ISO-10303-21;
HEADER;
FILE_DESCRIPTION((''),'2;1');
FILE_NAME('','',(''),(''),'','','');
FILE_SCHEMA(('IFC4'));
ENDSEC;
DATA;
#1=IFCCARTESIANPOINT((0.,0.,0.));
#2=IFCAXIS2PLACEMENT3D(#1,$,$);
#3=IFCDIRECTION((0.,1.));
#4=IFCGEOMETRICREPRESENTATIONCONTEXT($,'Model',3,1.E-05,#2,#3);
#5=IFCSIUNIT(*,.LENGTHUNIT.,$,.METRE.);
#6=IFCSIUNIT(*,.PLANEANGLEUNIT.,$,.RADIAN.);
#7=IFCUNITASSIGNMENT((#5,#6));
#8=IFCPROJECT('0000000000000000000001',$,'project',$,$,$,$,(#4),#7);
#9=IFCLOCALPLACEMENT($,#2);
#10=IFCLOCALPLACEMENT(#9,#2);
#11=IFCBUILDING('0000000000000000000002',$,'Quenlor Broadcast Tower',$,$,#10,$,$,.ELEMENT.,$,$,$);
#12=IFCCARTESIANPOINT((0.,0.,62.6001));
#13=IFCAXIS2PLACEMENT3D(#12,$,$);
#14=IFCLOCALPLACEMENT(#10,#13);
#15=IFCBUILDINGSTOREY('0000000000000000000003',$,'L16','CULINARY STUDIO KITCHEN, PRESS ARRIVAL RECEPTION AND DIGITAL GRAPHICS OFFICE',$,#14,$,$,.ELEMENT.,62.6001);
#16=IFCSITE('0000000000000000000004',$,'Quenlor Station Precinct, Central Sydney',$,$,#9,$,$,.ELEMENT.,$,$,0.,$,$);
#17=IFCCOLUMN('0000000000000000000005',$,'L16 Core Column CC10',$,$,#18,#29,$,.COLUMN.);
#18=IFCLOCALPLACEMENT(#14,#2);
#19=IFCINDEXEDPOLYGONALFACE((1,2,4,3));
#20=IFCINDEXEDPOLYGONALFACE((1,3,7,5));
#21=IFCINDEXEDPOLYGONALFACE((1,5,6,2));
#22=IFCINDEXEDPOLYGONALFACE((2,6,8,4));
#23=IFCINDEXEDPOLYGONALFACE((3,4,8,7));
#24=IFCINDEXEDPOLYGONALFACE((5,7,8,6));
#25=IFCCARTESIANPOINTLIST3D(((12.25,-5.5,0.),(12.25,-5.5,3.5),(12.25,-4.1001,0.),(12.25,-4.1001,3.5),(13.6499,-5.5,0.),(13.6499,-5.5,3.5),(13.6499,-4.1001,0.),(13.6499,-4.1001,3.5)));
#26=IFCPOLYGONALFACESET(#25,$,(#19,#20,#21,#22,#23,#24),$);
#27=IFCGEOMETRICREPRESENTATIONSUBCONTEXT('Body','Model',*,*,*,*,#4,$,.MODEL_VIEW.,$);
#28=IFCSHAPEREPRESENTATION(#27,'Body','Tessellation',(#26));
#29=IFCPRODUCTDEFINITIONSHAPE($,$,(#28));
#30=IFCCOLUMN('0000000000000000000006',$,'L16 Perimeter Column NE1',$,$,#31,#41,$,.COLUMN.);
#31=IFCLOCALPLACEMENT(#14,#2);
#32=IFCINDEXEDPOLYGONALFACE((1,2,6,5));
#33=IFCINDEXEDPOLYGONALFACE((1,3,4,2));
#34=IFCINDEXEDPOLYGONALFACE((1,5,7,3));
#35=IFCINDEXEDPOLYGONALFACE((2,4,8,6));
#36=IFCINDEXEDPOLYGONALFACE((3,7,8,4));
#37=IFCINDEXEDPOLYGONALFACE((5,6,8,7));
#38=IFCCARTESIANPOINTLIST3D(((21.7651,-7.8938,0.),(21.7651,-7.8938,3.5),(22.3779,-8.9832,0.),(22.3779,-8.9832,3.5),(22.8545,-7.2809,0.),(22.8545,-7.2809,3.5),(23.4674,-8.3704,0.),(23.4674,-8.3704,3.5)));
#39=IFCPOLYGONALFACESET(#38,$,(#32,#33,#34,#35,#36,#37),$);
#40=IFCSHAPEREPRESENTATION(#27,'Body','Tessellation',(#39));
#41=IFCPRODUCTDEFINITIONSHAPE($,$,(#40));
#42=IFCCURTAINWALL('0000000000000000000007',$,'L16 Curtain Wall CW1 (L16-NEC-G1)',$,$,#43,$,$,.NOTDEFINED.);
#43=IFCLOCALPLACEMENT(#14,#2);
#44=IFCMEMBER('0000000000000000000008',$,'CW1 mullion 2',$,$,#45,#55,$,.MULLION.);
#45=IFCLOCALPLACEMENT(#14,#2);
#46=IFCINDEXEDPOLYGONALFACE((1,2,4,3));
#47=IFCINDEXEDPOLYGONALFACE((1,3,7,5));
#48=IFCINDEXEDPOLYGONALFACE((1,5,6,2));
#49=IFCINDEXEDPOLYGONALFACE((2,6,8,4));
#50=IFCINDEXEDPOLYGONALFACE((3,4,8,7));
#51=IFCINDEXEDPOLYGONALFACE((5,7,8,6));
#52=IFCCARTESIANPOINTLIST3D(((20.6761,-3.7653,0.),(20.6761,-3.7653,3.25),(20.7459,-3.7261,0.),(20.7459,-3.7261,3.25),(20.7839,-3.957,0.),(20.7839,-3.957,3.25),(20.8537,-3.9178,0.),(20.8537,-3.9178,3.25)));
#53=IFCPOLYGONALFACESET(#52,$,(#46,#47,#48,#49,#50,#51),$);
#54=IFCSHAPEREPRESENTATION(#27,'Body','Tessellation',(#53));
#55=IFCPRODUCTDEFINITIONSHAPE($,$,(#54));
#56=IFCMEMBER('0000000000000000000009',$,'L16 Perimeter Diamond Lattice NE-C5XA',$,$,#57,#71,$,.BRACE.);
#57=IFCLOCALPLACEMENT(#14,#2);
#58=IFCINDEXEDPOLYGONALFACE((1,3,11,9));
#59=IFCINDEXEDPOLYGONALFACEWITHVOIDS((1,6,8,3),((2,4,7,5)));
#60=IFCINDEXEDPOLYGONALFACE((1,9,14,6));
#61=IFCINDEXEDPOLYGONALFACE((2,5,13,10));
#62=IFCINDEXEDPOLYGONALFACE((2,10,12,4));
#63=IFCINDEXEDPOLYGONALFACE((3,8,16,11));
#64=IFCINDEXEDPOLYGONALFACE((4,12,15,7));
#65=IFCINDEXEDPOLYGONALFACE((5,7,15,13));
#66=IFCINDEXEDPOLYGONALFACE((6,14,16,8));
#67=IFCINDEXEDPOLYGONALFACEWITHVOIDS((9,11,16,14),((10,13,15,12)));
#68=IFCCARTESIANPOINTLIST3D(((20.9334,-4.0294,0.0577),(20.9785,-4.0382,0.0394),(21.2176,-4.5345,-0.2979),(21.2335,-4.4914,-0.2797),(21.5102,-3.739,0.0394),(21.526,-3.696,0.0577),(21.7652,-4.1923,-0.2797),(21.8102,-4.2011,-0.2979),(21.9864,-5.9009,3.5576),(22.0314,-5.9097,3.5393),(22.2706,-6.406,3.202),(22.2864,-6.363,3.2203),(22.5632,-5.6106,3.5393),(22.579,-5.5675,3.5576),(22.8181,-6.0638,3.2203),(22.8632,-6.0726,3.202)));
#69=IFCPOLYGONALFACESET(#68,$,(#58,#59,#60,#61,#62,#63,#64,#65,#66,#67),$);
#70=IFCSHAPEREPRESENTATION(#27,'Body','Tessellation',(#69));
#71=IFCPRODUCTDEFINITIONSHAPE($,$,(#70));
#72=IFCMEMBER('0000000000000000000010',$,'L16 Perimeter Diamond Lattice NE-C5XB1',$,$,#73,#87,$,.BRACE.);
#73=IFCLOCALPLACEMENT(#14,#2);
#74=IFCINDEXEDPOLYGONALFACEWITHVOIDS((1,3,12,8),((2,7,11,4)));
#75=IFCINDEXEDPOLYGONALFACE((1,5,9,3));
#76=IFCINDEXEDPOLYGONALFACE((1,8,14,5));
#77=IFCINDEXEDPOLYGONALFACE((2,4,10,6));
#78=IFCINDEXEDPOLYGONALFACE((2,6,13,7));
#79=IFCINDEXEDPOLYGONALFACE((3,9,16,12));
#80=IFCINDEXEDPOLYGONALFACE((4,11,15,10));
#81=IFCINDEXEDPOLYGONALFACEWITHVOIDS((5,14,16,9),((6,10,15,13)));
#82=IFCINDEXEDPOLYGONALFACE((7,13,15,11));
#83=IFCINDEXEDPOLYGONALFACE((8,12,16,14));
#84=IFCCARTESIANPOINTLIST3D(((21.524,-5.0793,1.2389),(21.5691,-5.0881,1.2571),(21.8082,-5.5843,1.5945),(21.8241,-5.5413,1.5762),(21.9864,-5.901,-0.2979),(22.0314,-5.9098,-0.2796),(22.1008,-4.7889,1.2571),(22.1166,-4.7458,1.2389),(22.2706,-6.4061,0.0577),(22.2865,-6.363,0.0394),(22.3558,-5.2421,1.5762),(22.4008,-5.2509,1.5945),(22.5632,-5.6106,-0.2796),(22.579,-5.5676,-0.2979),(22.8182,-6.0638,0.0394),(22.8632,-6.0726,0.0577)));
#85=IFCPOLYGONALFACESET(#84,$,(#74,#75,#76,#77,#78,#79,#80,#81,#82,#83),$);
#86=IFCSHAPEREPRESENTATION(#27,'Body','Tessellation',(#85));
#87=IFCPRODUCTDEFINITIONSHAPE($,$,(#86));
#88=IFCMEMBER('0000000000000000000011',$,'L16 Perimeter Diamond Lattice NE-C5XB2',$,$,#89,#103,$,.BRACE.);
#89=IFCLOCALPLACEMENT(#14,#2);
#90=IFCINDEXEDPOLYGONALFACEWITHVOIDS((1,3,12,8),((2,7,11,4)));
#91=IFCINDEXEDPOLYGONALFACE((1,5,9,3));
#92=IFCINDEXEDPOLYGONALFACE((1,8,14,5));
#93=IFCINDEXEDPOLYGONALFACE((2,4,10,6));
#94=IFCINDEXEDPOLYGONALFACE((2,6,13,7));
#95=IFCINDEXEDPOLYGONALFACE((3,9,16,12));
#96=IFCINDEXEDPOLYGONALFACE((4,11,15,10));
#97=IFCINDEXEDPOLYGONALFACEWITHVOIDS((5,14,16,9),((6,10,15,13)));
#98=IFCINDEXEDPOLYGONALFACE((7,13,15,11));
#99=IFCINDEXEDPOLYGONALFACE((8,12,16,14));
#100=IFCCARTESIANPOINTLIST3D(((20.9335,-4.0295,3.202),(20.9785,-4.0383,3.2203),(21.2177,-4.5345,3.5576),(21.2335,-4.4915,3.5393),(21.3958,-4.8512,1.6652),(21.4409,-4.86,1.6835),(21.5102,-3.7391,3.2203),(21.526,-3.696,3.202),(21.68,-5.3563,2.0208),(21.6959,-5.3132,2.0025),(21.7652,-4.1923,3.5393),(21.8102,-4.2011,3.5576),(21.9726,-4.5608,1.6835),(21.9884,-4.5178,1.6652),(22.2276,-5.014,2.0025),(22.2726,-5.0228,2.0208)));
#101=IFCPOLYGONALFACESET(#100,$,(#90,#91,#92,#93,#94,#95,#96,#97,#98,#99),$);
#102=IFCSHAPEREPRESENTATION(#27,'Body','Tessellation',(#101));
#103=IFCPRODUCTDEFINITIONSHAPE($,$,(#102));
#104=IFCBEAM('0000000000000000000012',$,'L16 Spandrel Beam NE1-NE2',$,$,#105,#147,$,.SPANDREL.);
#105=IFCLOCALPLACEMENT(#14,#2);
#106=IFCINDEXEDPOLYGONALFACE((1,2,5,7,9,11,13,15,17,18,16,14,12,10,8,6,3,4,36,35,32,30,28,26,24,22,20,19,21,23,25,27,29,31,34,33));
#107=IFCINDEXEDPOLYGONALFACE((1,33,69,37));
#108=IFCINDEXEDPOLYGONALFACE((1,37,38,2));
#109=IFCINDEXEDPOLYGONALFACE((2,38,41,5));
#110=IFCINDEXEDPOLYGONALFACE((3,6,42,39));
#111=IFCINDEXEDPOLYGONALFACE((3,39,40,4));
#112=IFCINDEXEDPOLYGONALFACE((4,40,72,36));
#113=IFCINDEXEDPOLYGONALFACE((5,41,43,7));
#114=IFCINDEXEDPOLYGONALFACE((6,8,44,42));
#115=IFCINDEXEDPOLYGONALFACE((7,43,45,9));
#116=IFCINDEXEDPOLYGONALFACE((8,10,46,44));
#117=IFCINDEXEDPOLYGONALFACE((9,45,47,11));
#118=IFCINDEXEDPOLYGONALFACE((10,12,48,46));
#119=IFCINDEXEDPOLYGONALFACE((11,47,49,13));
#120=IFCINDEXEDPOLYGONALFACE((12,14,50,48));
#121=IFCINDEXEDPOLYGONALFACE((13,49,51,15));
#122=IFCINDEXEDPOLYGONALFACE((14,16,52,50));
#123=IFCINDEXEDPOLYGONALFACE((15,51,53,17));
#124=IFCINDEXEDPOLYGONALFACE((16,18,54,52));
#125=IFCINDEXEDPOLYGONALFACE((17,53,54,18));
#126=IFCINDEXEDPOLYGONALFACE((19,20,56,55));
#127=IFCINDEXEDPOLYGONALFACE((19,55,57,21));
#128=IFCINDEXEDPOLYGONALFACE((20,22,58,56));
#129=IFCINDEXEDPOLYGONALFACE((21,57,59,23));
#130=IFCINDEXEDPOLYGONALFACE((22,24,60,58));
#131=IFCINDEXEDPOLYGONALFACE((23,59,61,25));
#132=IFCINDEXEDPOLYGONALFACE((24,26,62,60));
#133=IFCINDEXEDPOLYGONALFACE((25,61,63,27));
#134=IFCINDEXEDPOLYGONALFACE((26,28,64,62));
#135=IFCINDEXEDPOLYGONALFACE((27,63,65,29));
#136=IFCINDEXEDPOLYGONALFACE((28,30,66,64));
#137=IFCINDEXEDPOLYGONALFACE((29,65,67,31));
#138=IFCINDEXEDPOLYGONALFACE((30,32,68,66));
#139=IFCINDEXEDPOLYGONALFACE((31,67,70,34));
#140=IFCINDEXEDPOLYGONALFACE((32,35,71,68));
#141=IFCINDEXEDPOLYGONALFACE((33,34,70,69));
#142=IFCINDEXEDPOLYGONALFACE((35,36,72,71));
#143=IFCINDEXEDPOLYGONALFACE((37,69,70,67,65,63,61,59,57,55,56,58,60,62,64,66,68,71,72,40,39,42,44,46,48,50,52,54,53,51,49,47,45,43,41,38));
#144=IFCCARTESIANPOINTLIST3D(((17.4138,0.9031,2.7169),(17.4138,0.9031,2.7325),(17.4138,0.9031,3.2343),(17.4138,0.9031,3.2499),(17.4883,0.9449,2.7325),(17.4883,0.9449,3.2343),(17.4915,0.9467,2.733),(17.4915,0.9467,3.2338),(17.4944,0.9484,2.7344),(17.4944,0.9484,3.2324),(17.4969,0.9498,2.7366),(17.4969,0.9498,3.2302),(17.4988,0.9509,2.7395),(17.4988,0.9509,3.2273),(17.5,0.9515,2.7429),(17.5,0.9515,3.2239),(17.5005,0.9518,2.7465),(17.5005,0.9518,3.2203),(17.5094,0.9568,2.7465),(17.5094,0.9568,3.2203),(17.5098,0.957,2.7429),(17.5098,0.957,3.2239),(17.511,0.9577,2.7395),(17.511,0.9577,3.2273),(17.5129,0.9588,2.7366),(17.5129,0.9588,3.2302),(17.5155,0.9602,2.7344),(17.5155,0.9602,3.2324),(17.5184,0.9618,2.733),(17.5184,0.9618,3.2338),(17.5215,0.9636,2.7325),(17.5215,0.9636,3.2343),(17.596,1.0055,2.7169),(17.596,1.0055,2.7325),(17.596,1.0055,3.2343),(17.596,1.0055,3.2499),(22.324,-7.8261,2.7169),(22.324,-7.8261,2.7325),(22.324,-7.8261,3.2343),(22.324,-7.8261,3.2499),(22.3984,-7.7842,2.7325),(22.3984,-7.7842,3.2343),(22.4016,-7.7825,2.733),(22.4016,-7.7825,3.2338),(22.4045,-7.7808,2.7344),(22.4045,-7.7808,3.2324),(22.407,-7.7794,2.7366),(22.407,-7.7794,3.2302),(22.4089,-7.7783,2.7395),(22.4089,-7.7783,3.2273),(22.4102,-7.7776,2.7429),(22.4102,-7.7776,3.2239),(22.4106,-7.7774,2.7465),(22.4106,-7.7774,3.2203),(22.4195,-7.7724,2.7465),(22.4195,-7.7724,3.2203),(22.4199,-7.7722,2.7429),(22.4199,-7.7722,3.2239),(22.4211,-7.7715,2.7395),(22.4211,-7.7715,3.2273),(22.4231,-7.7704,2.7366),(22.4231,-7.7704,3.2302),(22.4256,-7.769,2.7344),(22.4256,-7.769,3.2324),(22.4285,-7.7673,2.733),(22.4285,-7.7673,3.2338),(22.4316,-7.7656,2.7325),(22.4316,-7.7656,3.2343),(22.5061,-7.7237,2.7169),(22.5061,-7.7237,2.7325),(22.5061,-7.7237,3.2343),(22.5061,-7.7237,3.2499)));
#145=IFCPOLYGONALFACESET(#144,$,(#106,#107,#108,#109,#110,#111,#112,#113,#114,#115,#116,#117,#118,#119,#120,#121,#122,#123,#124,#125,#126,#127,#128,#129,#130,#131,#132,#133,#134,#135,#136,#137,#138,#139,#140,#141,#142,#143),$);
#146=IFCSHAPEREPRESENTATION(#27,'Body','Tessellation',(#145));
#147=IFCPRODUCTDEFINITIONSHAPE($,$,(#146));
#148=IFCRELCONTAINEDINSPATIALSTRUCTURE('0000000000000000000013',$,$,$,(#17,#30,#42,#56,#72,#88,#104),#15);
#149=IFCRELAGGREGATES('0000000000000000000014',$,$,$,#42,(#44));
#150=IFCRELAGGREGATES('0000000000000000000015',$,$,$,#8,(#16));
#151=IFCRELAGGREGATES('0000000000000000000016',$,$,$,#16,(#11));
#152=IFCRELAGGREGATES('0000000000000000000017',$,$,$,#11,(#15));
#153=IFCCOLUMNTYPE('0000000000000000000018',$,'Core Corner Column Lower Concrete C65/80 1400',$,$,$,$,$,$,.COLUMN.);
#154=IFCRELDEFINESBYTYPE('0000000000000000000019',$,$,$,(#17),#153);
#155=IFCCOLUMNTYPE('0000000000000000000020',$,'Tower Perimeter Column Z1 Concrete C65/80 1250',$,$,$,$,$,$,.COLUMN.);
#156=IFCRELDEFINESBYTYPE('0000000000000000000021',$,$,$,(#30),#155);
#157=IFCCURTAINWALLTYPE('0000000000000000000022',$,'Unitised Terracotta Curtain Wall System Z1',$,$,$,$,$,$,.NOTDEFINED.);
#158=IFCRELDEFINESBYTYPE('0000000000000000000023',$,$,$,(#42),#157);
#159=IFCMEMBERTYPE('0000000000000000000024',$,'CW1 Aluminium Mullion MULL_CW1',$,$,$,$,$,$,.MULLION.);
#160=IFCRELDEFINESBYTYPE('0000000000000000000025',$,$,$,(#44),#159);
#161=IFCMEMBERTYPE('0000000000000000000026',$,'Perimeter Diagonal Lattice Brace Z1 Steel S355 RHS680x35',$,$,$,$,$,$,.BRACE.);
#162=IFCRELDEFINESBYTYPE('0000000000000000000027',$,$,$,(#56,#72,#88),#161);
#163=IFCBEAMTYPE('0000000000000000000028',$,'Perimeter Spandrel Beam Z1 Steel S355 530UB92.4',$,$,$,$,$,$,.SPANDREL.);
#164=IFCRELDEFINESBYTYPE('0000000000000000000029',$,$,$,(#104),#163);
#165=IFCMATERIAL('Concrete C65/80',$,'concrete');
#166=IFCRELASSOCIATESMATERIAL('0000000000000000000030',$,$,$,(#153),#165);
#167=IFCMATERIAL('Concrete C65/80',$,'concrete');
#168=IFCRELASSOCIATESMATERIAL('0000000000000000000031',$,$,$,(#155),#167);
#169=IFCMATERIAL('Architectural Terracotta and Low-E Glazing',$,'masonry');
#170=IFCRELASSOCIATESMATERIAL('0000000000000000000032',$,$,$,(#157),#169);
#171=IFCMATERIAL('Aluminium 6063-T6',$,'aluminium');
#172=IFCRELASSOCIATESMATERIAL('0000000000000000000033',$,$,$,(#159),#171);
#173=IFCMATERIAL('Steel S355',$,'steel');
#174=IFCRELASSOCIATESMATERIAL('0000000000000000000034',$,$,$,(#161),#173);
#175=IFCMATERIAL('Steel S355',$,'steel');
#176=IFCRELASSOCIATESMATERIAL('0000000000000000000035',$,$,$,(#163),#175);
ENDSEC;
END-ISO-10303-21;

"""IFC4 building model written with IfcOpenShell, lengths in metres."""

from ifc_helpers import new_model, si_unit, direction, frame, origin, origin_2d, place, context, subcontext, project, spatial, rectangle, hollow_rectangle, i_section, extrude, material, material_profile, profile_set, type_object, element, aggregate, save


model = new_model("IFC4")

# Units and contexts
model_context = context("Model", 3, precision=1e-05, world=origin(), true_north=direction((0.0, 1.0)))
body_context = subcontext(model_context, "Body", "Model", "MODEL_VIEW")
ifc_project = project(units=[si_unit("LENGTHUNIT", "METRE"), si_unit("PLANEANGLEUNIT", "RADIAN")], contexts=[model_context])

# Site, building, storey
site_placement = place(None, origin())
site = spatial("IfcSite", under=ifc_project, at=site_placement, Name="Quenlor Station Precinct, Central Sydney", CompositionType="ELEMENT", RefElevation=0.0)
building_placement = place(site_placement, origin())
building = spatial("IfcBuilding", under=site, at=building_placement, Name="Quenlor Broadcast Tower", CompositionType="ELEMENT")
storey_placement = place(building_placement, frame((0.0, 0.0, 62.6001)))
storey = spatial("IfcBuildingStorey", under=building, at=storey_placement, Name="L16", Description="CULINARY STUDIO KITCHEN, PRESS ARRIVAL RECEPTION AND DIGITAL GRAPHICS OFFICE", CompositionType="ELEMENT", Elevation=62.6001)

# Columns
ifc_material_1 = material(Name="Concrete C65/80", Category="concrete")
ifc_material_profile_1 = material_profile(ifc_material_1, rectangle(XDim=1.3999, YDim=1.3999, at=origin_2d()))
ifc_profile_set_1 = profile_set([ifc_material_profile_1], Name="Concrete C65/80 RC1400x1400")
column_type_1 = type_object("IfcColumnType", Name="Core Corner Column Lower Concrete C65/80 1400", PredefinedType="COLUMN", material=ifc_profile_set_1)
column_1_placement = place(storey_placement, frame((12.95, -4.8, 0.0), z_axis=(0.0, 0.0, 1.0), x_axis=(1.0, 0.0, 0.0)))
element("IfcColumn", 1, at=column_1_placement, inside=storey, type_object=column_type_1, Name="L16 Core Column CC10", PredefinedType="COLUMN", context=body_context, shape_type="SweptSolid", body=[
    extrude(rectangle(XDim=1.3999, YDim=1.3999, at=origin_2d()), origin(), (0.0, 0.0, 1.0), 3.5),
])
ifc_material_2 = material(Name="Concrete C65/80", Category="concrete")
ifc_material_profile_2 = material_profile(ifc_material_2, rectangle(XDim=1.25, YDim=1.25, at=origin_2d()))
ifc_profile_set_2 = profile_set([ifc_material_profile_2], Name="Concrete C65/80 RC1250x1250")
column_type_2 = type_object("IfcColumnType", Name="Tower Perimeter Column Z1 Concrete C65/80 1250", PredefinedType="COLUMN", material=ifc_profile_set_2)
column_2_placement = place(storey_placement, frame((22.6162, -8.1321, 0.0), z_axis=(0.0, 0.0, 1.0), x_axis=(0.871575, 0.490262, 0.0)))
element("IfcColumn", 2, at=column_2_placement, inside=storey, type_object=column_type_2, Name="L16 Perimeter Column NE1", PredefinedType="COLUMN", context=body_context, shape_type="SweptSolid", body=[
    extrude(rectangle(XDim=1.25, YDim=1.25, at=origin_2d()), origin(), (0.0, 0.0, 1.0), 3.5),
])

# Curtain wall, member
ifc_material_3 = material(Name="Architectural Terracotta and Low-E Glazing", Category="masonry")
curtain_wall_type = type_object("IfcCurtainWallType", Name="Unitised Terracotta Curtain Wall System Z1", PredefinedType="NOTDEFINED", material=ifc_material_3)
curtain_wall_placement = place(storey_placement, origin())
curtain_wall = element("IfcCurtainWall", 3, at=curtain_wall_placement, inside=storey, type_object=curtain_wall_type, Name="L16 Curtain Wall CW1 (L16-NEC-G1)", PredefinedType="NOTDEFINED")
ifc_material_4 = material(Name="Aluminium 6063-T6", Category="aluminium")
ifc_material_profile_3 = material_profile(ifc_material_4, rectangle(XDim=0.0801, YDim=0.22, at=origin_2d()))
ifc_profile_set_3 = profile_set([ifc_material_profile_3], Name="Aluminium 6063-T6 MULL80x220")
member_type_1 = type_object("IfcMemberType", Name="CW1 Aluminium Mullion MULL_CW1", PredefinedType="MULLION", material=ifc_profile_set_3)
member_1_placement = place(storey_placement, frame((20.7649, -3.8416, 0.0), z_axis=(0.0, 0.0, 1.0), x_axis=(0.871578, 0.490257, 0.0)))
member_1 = element("IfcMember", 4, at=member_1_placement, type_object=member_type_1, Name="CW1 mullion 2", PredefinedType="MULLION", context=body_context, shape_type="SweptSolid", body=[
    extrude(rectangle(XDim=0.0801, YDim=0.22, at=origin_2d()), origin(), (0.0, 0.0, 1.0), 3.25),
])

# Members
ifc_material_5 = material(Name="Steel S355", Category="steel")
ifc_material_profile_4 = material_profile(ifc_material_5, hollow_rectangle(XDim=0.6799, YDim=0.6799, WallThickness=0.0349, at=origin_2d()))
ifc_profile_set_4 = profile_set([ifc_material_profile_4], Name="Steel S355 RHS680x680x35")
member_type_2 = type_object("IfcMemberType", Name="Perimeter Diagonal Lattice Brace Z1 Steel S355 RHS680x35", PredefinedType="BRACE", material=ifc_profile_set_4)
member_2_placement = place(storey_placement, frame((21.3718, -4.1152, -0.1201), z_axis=(0.256431, -0.455785, 0.852352), x_axis=(0.871533, 0.490337, 0.0)))
element("IfcMember", 5, at=member_2_placement, inside=storey, type_object=member_type_2, Name="L16 Perimeter Diamond Lattice NE-C5XA", PredefinedType="BRACE", context=body_context, shape_type="SweptSolid", body=[
    extrude(hollow_rectangle(XDim=0.6799, YDim=0.6799, WallThickness=0.0349, at=origin_2d()), origin(), (0.0, 0.0, 1.0), 4.1062),
])
for number, where, z_axis, x_axis, name in (
    (6, (22.4248, -5.9868, -0.1201), (-0.256452, 0.455764, 0.852357), (-0.871506, -0.490384, 0.0), "L16 Perimeter Diamond Lattice NE-C5XB1"),
    (7, (21.8342, -4.937, 1.843), (-0.256452, 0.455764, 0.852357), (-0.871506, -0.490384, 0.0), "L16 Perimeter Diamond Lattice NE-C5XB2"),
):
    element("IfcMember", number, at=place(storey_placement, frame(where, z_axis=z_axis, x_axis=x_axis)), inside=storey, type_object=member_type_2, Name=name, PredefinedType="BRACE", context=body_context, shape_type="SweptSolid", body=[
        extrude(hollow_rectangle(XDim=0.6799, YDim=0.6799, WallThickness=0.0349, at=origin_2d()), origin(), (0.0, 0.0, 1.0), 1.803),
    ])

# Beam
ifc_material_6 = material(Name="Steel S355", Category="steel")
ifc_material_profile_5 = material_profile(ifc_material_6, i_section(OverallWidth=0.209, OverallDepth=0.533, WebThickness=0.0103, FlangeThickness=0.0156, FilletRadius=0.0139, at=origin_2d()))
ifc_profile_set_5 = profile_set([ifc_material_profile_5], Name="Steel S355 530UB92.4")
beam_type_1 = type_object("IfcBeamType", Name="Perimeter Spandrel Beam Z1 Steel S355 530UB92.4", PredefinedType="SPANDREL", material=ifc_profile_set_5)
beam_1_placement = place(storey_placement, frame((22.415, -7.7749, 2.9834), z_axis=(-0.490258, 0.871577, 0.0), x_axis=(-0.871577, -0.490258, 0.0)))
element("IfcBeam", 8, at=beam_1_placement, inside=storey, type_object=beam_type_1, Name="L16 Spandrel Beam NE1-NE2", PredefinedType="SPANDREL", context=body_context, shape_type="SweptSolid", body=[
    extrude(i_section(OverallWidth=0.209, OverallDepth=0.533, WebThickness=0.0103, FlangeThickness=0.0156, FilletRadius=0.0139, at=origin_2d()), origin(), (0.0, 0.0, 1.0), 10.0154),
])

aggregate(curtain_wall, [member_1])

save(model, "model.ifc")
